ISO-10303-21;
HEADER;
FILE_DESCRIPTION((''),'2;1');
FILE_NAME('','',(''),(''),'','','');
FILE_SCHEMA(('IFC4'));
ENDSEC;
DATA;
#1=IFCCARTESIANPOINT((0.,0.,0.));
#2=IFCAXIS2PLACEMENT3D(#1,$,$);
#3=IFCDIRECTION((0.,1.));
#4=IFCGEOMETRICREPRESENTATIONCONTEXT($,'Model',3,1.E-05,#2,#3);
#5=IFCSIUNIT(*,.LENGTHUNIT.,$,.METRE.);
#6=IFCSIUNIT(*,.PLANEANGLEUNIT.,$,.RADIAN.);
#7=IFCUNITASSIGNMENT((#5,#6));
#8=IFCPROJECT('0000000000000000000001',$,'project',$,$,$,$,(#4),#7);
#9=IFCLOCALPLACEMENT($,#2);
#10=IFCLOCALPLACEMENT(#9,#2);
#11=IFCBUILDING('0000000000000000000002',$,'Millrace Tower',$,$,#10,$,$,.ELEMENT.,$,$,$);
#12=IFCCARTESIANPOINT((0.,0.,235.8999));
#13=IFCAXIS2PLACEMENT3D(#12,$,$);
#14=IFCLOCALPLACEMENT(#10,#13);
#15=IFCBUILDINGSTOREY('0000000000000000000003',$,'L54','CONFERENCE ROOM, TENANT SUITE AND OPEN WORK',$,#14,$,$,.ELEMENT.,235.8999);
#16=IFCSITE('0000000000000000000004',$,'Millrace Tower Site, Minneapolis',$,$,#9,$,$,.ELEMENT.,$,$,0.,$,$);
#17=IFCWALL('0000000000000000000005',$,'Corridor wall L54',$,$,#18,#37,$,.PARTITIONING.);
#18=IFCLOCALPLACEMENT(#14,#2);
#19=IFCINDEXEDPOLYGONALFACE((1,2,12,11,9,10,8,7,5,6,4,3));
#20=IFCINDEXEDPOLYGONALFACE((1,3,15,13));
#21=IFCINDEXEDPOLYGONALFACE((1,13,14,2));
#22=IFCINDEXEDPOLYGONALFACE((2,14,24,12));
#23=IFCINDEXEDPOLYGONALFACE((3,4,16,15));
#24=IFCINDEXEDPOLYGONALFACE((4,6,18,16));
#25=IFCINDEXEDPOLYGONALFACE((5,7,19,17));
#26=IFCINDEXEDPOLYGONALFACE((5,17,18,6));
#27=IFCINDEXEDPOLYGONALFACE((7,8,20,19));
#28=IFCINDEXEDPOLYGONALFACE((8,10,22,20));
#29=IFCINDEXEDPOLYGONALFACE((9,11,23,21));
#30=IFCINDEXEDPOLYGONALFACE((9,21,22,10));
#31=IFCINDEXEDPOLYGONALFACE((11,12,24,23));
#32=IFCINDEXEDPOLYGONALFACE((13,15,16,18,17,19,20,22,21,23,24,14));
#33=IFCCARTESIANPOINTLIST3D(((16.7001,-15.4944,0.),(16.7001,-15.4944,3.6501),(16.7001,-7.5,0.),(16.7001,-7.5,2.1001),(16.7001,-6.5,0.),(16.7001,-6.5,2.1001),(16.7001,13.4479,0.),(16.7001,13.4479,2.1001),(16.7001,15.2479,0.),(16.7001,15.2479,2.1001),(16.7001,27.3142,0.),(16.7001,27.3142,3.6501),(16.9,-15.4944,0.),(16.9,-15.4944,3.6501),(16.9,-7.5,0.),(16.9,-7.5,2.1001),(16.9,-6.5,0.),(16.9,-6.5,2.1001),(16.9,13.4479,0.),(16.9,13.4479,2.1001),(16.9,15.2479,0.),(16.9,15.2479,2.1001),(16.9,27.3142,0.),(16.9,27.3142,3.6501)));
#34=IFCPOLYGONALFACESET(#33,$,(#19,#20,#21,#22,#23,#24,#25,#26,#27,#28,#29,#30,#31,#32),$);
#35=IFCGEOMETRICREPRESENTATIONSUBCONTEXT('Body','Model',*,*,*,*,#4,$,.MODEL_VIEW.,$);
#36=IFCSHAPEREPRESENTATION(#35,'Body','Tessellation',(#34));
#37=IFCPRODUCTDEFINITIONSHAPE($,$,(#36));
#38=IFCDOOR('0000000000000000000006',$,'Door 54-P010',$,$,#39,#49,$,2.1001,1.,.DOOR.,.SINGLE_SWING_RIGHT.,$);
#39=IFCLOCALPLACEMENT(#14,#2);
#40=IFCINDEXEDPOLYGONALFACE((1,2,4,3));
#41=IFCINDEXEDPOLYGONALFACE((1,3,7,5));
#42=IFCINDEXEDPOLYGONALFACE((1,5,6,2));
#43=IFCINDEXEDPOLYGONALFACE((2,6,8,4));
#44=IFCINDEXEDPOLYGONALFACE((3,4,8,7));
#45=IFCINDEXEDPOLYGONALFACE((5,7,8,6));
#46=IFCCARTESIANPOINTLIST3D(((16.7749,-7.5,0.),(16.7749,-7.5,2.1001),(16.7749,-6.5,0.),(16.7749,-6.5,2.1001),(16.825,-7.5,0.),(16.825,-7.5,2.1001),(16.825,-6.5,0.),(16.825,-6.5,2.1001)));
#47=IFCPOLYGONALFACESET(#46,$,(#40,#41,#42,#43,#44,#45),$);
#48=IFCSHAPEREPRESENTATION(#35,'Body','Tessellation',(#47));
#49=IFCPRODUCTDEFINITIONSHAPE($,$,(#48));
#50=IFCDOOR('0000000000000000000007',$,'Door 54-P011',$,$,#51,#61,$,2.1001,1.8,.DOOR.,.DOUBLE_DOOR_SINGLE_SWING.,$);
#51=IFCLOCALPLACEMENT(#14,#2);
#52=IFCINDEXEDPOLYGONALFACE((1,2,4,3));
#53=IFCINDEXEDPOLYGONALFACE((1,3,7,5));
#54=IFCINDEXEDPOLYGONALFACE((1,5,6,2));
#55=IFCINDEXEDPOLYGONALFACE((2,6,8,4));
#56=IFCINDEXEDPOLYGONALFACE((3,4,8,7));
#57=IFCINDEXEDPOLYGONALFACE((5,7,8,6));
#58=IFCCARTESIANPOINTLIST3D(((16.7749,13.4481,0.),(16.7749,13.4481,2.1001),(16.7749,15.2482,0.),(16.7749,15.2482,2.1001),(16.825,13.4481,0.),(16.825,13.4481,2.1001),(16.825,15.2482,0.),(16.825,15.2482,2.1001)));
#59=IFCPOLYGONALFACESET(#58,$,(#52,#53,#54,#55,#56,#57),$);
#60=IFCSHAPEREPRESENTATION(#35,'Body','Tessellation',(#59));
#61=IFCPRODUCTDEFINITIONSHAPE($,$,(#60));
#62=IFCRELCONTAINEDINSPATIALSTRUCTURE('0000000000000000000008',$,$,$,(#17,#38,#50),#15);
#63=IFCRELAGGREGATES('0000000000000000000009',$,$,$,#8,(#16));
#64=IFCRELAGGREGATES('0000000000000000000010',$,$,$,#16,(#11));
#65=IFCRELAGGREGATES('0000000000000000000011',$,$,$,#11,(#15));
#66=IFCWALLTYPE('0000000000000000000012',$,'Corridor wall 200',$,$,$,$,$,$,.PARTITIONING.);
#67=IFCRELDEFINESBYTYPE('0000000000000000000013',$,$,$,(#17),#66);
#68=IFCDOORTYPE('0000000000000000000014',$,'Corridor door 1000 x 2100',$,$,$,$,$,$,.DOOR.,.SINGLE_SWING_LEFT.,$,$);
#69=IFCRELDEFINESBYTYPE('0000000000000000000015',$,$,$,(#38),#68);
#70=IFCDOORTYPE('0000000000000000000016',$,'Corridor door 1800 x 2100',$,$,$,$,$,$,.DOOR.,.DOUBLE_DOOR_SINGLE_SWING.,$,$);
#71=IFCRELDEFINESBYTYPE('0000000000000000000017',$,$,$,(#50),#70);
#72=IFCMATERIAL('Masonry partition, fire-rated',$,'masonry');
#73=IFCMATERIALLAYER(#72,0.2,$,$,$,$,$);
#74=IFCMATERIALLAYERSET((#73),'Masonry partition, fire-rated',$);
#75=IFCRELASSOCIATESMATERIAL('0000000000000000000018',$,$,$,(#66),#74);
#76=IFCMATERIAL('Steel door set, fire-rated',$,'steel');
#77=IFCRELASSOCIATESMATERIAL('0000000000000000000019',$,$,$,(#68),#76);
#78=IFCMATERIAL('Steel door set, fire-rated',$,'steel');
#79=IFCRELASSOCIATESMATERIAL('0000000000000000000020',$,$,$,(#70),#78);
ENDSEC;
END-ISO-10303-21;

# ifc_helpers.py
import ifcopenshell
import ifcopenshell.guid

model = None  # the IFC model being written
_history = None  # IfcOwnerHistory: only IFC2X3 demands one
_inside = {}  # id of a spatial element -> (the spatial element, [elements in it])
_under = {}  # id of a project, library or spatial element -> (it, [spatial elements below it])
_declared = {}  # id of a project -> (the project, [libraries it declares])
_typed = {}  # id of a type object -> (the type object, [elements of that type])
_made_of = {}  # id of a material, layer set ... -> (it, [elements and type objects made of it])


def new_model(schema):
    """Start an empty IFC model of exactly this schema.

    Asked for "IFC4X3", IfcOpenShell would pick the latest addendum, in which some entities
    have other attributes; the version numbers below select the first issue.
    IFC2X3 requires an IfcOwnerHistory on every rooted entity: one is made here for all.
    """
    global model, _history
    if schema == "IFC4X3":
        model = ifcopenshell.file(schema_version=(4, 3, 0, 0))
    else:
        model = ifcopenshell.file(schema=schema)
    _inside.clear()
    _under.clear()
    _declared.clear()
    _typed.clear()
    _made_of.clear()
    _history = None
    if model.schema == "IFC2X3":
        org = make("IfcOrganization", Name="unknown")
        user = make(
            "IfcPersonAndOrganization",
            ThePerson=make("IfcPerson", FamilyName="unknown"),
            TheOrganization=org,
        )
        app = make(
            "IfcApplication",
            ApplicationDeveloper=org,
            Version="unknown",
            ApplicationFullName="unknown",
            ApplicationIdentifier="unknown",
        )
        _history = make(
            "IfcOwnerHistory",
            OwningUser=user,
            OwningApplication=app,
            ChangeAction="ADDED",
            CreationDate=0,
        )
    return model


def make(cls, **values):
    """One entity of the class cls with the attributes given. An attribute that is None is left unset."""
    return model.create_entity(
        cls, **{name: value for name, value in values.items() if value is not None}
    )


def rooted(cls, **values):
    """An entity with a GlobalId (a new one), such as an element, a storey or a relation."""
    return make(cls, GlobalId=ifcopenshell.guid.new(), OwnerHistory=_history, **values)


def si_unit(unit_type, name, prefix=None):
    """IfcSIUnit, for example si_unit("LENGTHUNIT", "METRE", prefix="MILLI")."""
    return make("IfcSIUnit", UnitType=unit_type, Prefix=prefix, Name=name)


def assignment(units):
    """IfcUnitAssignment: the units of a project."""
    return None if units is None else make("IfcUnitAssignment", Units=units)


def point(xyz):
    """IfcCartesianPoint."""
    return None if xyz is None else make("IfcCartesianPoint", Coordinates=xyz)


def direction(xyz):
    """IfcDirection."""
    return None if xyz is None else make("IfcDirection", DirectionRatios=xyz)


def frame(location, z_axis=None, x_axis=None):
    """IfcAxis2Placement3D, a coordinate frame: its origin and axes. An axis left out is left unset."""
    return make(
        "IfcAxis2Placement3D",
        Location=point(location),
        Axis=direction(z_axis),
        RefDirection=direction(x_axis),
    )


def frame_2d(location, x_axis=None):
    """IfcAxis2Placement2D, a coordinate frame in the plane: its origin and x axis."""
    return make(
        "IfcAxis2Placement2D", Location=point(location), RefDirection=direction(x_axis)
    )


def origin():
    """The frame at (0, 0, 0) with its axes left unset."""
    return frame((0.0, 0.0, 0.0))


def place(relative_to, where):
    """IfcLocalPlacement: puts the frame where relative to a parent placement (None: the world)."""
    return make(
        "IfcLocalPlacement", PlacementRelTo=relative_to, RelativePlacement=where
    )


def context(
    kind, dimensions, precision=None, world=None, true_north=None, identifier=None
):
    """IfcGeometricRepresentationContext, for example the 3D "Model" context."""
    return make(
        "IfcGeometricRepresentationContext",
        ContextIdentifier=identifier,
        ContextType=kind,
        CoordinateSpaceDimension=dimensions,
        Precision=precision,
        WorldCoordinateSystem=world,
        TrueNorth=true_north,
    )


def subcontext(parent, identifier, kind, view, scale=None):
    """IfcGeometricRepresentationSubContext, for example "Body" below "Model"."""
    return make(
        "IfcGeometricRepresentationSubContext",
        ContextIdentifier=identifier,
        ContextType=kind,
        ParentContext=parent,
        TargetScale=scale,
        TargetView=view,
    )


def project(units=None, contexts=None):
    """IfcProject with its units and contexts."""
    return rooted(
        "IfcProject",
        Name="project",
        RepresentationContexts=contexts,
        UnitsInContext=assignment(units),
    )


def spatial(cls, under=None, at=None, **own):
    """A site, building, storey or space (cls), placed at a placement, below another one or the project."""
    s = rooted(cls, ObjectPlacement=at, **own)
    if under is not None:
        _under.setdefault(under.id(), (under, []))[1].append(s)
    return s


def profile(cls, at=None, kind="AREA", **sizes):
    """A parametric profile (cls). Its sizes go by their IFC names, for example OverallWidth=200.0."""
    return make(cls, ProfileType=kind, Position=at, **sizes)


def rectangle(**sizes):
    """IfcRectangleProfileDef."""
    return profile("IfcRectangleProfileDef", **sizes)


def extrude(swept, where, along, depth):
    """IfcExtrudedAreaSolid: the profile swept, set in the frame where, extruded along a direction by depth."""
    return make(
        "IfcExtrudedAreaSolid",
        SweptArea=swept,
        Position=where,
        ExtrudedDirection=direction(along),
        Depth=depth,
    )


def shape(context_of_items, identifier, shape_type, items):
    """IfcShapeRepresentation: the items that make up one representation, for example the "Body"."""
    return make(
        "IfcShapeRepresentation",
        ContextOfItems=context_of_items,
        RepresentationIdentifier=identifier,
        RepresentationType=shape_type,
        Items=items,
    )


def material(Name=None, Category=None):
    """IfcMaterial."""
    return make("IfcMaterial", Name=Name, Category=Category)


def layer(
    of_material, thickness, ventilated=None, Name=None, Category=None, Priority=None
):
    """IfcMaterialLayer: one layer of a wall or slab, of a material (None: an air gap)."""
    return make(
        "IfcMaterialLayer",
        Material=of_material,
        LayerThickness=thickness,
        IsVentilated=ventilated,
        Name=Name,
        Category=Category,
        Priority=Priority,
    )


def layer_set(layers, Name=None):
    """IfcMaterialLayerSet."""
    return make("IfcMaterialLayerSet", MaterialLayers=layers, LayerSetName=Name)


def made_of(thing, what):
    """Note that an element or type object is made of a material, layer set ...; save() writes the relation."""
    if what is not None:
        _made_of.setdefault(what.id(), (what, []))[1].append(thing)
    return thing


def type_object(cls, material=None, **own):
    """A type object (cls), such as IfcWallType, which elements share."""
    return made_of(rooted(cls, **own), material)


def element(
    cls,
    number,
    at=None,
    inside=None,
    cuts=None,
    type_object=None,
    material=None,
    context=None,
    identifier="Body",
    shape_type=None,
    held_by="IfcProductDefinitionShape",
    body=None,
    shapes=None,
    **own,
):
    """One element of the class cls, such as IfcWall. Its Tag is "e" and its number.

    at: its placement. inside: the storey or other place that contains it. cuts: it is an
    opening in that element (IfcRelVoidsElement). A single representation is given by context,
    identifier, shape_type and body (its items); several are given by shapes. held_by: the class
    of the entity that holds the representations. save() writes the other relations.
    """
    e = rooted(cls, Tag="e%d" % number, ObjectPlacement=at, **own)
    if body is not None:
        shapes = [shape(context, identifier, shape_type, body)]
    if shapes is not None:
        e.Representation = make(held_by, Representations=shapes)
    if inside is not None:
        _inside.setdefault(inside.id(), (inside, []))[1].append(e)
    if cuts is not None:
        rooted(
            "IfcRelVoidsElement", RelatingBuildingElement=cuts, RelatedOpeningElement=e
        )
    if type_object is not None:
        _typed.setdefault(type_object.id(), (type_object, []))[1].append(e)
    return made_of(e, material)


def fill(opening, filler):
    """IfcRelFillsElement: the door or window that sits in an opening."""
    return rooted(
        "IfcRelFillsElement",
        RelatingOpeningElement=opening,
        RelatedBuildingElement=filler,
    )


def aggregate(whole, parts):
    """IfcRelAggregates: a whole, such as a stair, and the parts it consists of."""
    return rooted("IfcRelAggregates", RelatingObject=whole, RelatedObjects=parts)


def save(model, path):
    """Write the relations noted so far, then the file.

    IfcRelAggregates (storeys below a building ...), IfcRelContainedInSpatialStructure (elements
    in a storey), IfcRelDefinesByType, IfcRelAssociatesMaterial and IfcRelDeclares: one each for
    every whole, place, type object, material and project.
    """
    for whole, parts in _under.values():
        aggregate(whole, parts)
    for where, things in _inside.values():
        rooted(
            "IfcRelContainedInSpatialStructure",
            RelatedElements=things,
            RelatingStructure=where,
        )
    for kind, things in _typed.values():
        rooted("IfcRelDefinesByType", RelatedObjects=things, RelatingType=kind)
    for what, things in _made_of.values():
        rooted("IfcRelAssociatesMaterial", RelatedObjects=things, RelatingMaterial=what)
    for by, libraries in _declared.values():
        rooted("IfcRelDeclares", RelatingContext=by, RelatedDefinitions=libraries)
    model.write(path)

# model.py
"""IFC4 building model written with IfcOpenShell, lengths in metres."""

from ifc_helpers import new_model, si_unit, direction, frame, frame_2d, origin, place, context, subcontext, project, spatial, rectangle, extrude, material, layer, layer_set, type_object, element, fill, save


model = new_model("IFC4")

# Units and contexts
model_context = context("Model", 3, precision=1e-05, world=origin(), true_north=direction((0.0, 1.0)))
body_context = subcontext(model_context, "Body", "Model", "MODEL_VIEW")
ifc_project = project(units=[si_unit("LENGTHUNIT", "METRE"), si_unit("PLANEANGLEUNIT", "RADIAN")], contexts=[model_context])

# Site, building, storey
site_placement = place(None, origin())
site = spatial("IfcSite", under=ifc_project, at=site_placement, Name="Millrace Tower Site, Minneapolis", CompositionType="ELEMENT", RefElevation=0.0)
building_placement = place(site_placement, origin())
building = spatial("IfcBuilding", under=site, at=building_placement, Name="Millrace Tower", CompositionType="ELEMENT")
storey_placement = place(building_placement, frame((0.0, 0.0, 235.8999)))
storey = spatial("IfcBuildingStorey", under=building, at=storey_placement, Name="L54", Description="CONFERENCE ROOM, TENANT SUITE AND OPEN WORK", CompositionType="ELEMENT", Elevation=235.8999)

# Wall, openings, doors
ifc_material_1 = material(Name="Masonry partition, fire-rated", Category="masonry")
ifc_layer_1 = layer(ifc_material_1, 0.2)
ifc_layer_set_1 = layer_set([ifc_layer_1], Name="Masonry partition, fire-rated")
wall_type = type_object("IfcWallType", Name="Corridor wall 200", PredefinedType="PARTITIONING", material=ifc_layer_set_1)
wall_placement = place(storey_placement, frame((16.8, -15.4944, 0.0), z_axis=(0.0, 0.0, 1.0), x_axis=(0.0, 1.0, 0.0)))
wall = element("IfcWall", 1, at=wall_placement, inside=storey, type_object=wall_type, Name="Corridor wall L54", PredefinedType="PARTITIONING", context=body_context, shape_type="SweptSolid", body=[
    extrude(rectangle(XDim=42.8086, YDim=0.2, at=frame_2d((21.4043, 0.0))), origin(), (0.0, 0.0, 1.0), 3.6501),
])
opening_1_placement = place(wall_placement, frame((7.9944, 0.0, 0.0)))
opening_1 = element("IfcOpeningElement", 2, at=opening_1_placement, cuts=wall, PredefinedType="OPENING", context=body_context, shape_type="SweptSolid", body=[
    extrude(rectangle(XDim=1.0, YDim=2.1001, at=frame_2d((0.5, 1.05))), frame((0.0, 0.1099, 0.0), z_axis=(0.0, -1.0, 0.0), x_axis=(1.0, 0.0, 0.0)), (0.0, 0.0, 1.0), 0.22),
])
opening_2_placement = place(wall_placement, frame((28.9424, 0.0, 0.0)))
opening_2 = element("IfcOpeningElement", 3, at=opening_2_placement, cuts=wall, PredefinedType="OPENING", context=body_context, shape_type="SweptSolid", body=[
    extrude(rectangle(XDim=1.8, YDim=2.1001, at=frame_2d((0.8999, 1.05))), frame((0.0, 0.1099, 0.0), z_axis=(0.0, -1.0, 0.0), x_axis=(1.0, 0.0, 0.0)), (0.0, 0.0, 1.0), 0.22),
])
ifc_material_2 = material(Name="Steel door set, fire-rated", Category="steel")
door_type_1 = type_object("IfcDoorType", Name="Corridor door 1000 x 2100", OperationType="SINGLE_SWING_LEFT", PredefinedType="DOOR", material=ifc_material_2)
door_1_placement = place(opening_1_placement, frame((1.0, 0.0, 0.0), z_axis=(0.0, 0.0, 1.0), x_axis=(-1.0, 0.0, 0.0)))
door_1 = element("IfcDoor", 4, at=door_1_placement, inside=storey, type_object=door_type_1, Name="Door 54-P010", OperationType="SINGLE_SWING_RIGHT", OverallHeight=2.1001, OverallWidth=1.0, PredefinedType="DOOR", context=body_context, shape_type="SweptSolid", body=[
    extrude(rectangle(XDim=1.0, YDim=2.1001, at=frame_2d((0.5, 1.05))), frame((0.0, 0.0249, 0.0), z_axis=(0.0, -1.0, 0.0), x_axis=(1.0, 0.0, 0.0)), (0.0, 0.0, 1.0), 0.05),
])
fill(opening_1, door_1)
ifc_material_3 = material(Name="Steel door set, fire-rated", Category="steel")
door_type_2 = type_object("IfcDoorType", Name="Corridor door 1800 x 2100", OperationType="DOUBLE_DOOR_SINGLE_SWING", PredefinedType="DOOR", material=ifc_material_3)
door_2_placement = place(opening_2_placement, frame((1.8, 0.0, 0.0), z_axis=(0.0, 0.0, 1.0), x_axis=(-1.0, 0.0, 0.0)))
door_2 = element("IfcDoor", 5, at=door_2_placement, inside=storey, type_object=door_type_2, Name="Door 54-P011", OperationType="DOUBLE_DOOR_SINGLE_SWING", OverallHeight=2.1001, OverallWidth=1.8, PredefinedType="DOOR", context=body_context, shape_type="SweptSolid", body=[
    extrude(rectangle(XDim=1.8, YDim=2.1001, at=frame_2d((0.8999, 1.05))), frame((0.0, 0.0249, 0.0), z_axis=(0.0, -1.0, 0.0), x_axis=(1.0, 0.0, 0.0)), (0.0, 0.0, 1.0), 0.05),
])
fill(opening_2, door_2)

save(model, "model.ifc")
